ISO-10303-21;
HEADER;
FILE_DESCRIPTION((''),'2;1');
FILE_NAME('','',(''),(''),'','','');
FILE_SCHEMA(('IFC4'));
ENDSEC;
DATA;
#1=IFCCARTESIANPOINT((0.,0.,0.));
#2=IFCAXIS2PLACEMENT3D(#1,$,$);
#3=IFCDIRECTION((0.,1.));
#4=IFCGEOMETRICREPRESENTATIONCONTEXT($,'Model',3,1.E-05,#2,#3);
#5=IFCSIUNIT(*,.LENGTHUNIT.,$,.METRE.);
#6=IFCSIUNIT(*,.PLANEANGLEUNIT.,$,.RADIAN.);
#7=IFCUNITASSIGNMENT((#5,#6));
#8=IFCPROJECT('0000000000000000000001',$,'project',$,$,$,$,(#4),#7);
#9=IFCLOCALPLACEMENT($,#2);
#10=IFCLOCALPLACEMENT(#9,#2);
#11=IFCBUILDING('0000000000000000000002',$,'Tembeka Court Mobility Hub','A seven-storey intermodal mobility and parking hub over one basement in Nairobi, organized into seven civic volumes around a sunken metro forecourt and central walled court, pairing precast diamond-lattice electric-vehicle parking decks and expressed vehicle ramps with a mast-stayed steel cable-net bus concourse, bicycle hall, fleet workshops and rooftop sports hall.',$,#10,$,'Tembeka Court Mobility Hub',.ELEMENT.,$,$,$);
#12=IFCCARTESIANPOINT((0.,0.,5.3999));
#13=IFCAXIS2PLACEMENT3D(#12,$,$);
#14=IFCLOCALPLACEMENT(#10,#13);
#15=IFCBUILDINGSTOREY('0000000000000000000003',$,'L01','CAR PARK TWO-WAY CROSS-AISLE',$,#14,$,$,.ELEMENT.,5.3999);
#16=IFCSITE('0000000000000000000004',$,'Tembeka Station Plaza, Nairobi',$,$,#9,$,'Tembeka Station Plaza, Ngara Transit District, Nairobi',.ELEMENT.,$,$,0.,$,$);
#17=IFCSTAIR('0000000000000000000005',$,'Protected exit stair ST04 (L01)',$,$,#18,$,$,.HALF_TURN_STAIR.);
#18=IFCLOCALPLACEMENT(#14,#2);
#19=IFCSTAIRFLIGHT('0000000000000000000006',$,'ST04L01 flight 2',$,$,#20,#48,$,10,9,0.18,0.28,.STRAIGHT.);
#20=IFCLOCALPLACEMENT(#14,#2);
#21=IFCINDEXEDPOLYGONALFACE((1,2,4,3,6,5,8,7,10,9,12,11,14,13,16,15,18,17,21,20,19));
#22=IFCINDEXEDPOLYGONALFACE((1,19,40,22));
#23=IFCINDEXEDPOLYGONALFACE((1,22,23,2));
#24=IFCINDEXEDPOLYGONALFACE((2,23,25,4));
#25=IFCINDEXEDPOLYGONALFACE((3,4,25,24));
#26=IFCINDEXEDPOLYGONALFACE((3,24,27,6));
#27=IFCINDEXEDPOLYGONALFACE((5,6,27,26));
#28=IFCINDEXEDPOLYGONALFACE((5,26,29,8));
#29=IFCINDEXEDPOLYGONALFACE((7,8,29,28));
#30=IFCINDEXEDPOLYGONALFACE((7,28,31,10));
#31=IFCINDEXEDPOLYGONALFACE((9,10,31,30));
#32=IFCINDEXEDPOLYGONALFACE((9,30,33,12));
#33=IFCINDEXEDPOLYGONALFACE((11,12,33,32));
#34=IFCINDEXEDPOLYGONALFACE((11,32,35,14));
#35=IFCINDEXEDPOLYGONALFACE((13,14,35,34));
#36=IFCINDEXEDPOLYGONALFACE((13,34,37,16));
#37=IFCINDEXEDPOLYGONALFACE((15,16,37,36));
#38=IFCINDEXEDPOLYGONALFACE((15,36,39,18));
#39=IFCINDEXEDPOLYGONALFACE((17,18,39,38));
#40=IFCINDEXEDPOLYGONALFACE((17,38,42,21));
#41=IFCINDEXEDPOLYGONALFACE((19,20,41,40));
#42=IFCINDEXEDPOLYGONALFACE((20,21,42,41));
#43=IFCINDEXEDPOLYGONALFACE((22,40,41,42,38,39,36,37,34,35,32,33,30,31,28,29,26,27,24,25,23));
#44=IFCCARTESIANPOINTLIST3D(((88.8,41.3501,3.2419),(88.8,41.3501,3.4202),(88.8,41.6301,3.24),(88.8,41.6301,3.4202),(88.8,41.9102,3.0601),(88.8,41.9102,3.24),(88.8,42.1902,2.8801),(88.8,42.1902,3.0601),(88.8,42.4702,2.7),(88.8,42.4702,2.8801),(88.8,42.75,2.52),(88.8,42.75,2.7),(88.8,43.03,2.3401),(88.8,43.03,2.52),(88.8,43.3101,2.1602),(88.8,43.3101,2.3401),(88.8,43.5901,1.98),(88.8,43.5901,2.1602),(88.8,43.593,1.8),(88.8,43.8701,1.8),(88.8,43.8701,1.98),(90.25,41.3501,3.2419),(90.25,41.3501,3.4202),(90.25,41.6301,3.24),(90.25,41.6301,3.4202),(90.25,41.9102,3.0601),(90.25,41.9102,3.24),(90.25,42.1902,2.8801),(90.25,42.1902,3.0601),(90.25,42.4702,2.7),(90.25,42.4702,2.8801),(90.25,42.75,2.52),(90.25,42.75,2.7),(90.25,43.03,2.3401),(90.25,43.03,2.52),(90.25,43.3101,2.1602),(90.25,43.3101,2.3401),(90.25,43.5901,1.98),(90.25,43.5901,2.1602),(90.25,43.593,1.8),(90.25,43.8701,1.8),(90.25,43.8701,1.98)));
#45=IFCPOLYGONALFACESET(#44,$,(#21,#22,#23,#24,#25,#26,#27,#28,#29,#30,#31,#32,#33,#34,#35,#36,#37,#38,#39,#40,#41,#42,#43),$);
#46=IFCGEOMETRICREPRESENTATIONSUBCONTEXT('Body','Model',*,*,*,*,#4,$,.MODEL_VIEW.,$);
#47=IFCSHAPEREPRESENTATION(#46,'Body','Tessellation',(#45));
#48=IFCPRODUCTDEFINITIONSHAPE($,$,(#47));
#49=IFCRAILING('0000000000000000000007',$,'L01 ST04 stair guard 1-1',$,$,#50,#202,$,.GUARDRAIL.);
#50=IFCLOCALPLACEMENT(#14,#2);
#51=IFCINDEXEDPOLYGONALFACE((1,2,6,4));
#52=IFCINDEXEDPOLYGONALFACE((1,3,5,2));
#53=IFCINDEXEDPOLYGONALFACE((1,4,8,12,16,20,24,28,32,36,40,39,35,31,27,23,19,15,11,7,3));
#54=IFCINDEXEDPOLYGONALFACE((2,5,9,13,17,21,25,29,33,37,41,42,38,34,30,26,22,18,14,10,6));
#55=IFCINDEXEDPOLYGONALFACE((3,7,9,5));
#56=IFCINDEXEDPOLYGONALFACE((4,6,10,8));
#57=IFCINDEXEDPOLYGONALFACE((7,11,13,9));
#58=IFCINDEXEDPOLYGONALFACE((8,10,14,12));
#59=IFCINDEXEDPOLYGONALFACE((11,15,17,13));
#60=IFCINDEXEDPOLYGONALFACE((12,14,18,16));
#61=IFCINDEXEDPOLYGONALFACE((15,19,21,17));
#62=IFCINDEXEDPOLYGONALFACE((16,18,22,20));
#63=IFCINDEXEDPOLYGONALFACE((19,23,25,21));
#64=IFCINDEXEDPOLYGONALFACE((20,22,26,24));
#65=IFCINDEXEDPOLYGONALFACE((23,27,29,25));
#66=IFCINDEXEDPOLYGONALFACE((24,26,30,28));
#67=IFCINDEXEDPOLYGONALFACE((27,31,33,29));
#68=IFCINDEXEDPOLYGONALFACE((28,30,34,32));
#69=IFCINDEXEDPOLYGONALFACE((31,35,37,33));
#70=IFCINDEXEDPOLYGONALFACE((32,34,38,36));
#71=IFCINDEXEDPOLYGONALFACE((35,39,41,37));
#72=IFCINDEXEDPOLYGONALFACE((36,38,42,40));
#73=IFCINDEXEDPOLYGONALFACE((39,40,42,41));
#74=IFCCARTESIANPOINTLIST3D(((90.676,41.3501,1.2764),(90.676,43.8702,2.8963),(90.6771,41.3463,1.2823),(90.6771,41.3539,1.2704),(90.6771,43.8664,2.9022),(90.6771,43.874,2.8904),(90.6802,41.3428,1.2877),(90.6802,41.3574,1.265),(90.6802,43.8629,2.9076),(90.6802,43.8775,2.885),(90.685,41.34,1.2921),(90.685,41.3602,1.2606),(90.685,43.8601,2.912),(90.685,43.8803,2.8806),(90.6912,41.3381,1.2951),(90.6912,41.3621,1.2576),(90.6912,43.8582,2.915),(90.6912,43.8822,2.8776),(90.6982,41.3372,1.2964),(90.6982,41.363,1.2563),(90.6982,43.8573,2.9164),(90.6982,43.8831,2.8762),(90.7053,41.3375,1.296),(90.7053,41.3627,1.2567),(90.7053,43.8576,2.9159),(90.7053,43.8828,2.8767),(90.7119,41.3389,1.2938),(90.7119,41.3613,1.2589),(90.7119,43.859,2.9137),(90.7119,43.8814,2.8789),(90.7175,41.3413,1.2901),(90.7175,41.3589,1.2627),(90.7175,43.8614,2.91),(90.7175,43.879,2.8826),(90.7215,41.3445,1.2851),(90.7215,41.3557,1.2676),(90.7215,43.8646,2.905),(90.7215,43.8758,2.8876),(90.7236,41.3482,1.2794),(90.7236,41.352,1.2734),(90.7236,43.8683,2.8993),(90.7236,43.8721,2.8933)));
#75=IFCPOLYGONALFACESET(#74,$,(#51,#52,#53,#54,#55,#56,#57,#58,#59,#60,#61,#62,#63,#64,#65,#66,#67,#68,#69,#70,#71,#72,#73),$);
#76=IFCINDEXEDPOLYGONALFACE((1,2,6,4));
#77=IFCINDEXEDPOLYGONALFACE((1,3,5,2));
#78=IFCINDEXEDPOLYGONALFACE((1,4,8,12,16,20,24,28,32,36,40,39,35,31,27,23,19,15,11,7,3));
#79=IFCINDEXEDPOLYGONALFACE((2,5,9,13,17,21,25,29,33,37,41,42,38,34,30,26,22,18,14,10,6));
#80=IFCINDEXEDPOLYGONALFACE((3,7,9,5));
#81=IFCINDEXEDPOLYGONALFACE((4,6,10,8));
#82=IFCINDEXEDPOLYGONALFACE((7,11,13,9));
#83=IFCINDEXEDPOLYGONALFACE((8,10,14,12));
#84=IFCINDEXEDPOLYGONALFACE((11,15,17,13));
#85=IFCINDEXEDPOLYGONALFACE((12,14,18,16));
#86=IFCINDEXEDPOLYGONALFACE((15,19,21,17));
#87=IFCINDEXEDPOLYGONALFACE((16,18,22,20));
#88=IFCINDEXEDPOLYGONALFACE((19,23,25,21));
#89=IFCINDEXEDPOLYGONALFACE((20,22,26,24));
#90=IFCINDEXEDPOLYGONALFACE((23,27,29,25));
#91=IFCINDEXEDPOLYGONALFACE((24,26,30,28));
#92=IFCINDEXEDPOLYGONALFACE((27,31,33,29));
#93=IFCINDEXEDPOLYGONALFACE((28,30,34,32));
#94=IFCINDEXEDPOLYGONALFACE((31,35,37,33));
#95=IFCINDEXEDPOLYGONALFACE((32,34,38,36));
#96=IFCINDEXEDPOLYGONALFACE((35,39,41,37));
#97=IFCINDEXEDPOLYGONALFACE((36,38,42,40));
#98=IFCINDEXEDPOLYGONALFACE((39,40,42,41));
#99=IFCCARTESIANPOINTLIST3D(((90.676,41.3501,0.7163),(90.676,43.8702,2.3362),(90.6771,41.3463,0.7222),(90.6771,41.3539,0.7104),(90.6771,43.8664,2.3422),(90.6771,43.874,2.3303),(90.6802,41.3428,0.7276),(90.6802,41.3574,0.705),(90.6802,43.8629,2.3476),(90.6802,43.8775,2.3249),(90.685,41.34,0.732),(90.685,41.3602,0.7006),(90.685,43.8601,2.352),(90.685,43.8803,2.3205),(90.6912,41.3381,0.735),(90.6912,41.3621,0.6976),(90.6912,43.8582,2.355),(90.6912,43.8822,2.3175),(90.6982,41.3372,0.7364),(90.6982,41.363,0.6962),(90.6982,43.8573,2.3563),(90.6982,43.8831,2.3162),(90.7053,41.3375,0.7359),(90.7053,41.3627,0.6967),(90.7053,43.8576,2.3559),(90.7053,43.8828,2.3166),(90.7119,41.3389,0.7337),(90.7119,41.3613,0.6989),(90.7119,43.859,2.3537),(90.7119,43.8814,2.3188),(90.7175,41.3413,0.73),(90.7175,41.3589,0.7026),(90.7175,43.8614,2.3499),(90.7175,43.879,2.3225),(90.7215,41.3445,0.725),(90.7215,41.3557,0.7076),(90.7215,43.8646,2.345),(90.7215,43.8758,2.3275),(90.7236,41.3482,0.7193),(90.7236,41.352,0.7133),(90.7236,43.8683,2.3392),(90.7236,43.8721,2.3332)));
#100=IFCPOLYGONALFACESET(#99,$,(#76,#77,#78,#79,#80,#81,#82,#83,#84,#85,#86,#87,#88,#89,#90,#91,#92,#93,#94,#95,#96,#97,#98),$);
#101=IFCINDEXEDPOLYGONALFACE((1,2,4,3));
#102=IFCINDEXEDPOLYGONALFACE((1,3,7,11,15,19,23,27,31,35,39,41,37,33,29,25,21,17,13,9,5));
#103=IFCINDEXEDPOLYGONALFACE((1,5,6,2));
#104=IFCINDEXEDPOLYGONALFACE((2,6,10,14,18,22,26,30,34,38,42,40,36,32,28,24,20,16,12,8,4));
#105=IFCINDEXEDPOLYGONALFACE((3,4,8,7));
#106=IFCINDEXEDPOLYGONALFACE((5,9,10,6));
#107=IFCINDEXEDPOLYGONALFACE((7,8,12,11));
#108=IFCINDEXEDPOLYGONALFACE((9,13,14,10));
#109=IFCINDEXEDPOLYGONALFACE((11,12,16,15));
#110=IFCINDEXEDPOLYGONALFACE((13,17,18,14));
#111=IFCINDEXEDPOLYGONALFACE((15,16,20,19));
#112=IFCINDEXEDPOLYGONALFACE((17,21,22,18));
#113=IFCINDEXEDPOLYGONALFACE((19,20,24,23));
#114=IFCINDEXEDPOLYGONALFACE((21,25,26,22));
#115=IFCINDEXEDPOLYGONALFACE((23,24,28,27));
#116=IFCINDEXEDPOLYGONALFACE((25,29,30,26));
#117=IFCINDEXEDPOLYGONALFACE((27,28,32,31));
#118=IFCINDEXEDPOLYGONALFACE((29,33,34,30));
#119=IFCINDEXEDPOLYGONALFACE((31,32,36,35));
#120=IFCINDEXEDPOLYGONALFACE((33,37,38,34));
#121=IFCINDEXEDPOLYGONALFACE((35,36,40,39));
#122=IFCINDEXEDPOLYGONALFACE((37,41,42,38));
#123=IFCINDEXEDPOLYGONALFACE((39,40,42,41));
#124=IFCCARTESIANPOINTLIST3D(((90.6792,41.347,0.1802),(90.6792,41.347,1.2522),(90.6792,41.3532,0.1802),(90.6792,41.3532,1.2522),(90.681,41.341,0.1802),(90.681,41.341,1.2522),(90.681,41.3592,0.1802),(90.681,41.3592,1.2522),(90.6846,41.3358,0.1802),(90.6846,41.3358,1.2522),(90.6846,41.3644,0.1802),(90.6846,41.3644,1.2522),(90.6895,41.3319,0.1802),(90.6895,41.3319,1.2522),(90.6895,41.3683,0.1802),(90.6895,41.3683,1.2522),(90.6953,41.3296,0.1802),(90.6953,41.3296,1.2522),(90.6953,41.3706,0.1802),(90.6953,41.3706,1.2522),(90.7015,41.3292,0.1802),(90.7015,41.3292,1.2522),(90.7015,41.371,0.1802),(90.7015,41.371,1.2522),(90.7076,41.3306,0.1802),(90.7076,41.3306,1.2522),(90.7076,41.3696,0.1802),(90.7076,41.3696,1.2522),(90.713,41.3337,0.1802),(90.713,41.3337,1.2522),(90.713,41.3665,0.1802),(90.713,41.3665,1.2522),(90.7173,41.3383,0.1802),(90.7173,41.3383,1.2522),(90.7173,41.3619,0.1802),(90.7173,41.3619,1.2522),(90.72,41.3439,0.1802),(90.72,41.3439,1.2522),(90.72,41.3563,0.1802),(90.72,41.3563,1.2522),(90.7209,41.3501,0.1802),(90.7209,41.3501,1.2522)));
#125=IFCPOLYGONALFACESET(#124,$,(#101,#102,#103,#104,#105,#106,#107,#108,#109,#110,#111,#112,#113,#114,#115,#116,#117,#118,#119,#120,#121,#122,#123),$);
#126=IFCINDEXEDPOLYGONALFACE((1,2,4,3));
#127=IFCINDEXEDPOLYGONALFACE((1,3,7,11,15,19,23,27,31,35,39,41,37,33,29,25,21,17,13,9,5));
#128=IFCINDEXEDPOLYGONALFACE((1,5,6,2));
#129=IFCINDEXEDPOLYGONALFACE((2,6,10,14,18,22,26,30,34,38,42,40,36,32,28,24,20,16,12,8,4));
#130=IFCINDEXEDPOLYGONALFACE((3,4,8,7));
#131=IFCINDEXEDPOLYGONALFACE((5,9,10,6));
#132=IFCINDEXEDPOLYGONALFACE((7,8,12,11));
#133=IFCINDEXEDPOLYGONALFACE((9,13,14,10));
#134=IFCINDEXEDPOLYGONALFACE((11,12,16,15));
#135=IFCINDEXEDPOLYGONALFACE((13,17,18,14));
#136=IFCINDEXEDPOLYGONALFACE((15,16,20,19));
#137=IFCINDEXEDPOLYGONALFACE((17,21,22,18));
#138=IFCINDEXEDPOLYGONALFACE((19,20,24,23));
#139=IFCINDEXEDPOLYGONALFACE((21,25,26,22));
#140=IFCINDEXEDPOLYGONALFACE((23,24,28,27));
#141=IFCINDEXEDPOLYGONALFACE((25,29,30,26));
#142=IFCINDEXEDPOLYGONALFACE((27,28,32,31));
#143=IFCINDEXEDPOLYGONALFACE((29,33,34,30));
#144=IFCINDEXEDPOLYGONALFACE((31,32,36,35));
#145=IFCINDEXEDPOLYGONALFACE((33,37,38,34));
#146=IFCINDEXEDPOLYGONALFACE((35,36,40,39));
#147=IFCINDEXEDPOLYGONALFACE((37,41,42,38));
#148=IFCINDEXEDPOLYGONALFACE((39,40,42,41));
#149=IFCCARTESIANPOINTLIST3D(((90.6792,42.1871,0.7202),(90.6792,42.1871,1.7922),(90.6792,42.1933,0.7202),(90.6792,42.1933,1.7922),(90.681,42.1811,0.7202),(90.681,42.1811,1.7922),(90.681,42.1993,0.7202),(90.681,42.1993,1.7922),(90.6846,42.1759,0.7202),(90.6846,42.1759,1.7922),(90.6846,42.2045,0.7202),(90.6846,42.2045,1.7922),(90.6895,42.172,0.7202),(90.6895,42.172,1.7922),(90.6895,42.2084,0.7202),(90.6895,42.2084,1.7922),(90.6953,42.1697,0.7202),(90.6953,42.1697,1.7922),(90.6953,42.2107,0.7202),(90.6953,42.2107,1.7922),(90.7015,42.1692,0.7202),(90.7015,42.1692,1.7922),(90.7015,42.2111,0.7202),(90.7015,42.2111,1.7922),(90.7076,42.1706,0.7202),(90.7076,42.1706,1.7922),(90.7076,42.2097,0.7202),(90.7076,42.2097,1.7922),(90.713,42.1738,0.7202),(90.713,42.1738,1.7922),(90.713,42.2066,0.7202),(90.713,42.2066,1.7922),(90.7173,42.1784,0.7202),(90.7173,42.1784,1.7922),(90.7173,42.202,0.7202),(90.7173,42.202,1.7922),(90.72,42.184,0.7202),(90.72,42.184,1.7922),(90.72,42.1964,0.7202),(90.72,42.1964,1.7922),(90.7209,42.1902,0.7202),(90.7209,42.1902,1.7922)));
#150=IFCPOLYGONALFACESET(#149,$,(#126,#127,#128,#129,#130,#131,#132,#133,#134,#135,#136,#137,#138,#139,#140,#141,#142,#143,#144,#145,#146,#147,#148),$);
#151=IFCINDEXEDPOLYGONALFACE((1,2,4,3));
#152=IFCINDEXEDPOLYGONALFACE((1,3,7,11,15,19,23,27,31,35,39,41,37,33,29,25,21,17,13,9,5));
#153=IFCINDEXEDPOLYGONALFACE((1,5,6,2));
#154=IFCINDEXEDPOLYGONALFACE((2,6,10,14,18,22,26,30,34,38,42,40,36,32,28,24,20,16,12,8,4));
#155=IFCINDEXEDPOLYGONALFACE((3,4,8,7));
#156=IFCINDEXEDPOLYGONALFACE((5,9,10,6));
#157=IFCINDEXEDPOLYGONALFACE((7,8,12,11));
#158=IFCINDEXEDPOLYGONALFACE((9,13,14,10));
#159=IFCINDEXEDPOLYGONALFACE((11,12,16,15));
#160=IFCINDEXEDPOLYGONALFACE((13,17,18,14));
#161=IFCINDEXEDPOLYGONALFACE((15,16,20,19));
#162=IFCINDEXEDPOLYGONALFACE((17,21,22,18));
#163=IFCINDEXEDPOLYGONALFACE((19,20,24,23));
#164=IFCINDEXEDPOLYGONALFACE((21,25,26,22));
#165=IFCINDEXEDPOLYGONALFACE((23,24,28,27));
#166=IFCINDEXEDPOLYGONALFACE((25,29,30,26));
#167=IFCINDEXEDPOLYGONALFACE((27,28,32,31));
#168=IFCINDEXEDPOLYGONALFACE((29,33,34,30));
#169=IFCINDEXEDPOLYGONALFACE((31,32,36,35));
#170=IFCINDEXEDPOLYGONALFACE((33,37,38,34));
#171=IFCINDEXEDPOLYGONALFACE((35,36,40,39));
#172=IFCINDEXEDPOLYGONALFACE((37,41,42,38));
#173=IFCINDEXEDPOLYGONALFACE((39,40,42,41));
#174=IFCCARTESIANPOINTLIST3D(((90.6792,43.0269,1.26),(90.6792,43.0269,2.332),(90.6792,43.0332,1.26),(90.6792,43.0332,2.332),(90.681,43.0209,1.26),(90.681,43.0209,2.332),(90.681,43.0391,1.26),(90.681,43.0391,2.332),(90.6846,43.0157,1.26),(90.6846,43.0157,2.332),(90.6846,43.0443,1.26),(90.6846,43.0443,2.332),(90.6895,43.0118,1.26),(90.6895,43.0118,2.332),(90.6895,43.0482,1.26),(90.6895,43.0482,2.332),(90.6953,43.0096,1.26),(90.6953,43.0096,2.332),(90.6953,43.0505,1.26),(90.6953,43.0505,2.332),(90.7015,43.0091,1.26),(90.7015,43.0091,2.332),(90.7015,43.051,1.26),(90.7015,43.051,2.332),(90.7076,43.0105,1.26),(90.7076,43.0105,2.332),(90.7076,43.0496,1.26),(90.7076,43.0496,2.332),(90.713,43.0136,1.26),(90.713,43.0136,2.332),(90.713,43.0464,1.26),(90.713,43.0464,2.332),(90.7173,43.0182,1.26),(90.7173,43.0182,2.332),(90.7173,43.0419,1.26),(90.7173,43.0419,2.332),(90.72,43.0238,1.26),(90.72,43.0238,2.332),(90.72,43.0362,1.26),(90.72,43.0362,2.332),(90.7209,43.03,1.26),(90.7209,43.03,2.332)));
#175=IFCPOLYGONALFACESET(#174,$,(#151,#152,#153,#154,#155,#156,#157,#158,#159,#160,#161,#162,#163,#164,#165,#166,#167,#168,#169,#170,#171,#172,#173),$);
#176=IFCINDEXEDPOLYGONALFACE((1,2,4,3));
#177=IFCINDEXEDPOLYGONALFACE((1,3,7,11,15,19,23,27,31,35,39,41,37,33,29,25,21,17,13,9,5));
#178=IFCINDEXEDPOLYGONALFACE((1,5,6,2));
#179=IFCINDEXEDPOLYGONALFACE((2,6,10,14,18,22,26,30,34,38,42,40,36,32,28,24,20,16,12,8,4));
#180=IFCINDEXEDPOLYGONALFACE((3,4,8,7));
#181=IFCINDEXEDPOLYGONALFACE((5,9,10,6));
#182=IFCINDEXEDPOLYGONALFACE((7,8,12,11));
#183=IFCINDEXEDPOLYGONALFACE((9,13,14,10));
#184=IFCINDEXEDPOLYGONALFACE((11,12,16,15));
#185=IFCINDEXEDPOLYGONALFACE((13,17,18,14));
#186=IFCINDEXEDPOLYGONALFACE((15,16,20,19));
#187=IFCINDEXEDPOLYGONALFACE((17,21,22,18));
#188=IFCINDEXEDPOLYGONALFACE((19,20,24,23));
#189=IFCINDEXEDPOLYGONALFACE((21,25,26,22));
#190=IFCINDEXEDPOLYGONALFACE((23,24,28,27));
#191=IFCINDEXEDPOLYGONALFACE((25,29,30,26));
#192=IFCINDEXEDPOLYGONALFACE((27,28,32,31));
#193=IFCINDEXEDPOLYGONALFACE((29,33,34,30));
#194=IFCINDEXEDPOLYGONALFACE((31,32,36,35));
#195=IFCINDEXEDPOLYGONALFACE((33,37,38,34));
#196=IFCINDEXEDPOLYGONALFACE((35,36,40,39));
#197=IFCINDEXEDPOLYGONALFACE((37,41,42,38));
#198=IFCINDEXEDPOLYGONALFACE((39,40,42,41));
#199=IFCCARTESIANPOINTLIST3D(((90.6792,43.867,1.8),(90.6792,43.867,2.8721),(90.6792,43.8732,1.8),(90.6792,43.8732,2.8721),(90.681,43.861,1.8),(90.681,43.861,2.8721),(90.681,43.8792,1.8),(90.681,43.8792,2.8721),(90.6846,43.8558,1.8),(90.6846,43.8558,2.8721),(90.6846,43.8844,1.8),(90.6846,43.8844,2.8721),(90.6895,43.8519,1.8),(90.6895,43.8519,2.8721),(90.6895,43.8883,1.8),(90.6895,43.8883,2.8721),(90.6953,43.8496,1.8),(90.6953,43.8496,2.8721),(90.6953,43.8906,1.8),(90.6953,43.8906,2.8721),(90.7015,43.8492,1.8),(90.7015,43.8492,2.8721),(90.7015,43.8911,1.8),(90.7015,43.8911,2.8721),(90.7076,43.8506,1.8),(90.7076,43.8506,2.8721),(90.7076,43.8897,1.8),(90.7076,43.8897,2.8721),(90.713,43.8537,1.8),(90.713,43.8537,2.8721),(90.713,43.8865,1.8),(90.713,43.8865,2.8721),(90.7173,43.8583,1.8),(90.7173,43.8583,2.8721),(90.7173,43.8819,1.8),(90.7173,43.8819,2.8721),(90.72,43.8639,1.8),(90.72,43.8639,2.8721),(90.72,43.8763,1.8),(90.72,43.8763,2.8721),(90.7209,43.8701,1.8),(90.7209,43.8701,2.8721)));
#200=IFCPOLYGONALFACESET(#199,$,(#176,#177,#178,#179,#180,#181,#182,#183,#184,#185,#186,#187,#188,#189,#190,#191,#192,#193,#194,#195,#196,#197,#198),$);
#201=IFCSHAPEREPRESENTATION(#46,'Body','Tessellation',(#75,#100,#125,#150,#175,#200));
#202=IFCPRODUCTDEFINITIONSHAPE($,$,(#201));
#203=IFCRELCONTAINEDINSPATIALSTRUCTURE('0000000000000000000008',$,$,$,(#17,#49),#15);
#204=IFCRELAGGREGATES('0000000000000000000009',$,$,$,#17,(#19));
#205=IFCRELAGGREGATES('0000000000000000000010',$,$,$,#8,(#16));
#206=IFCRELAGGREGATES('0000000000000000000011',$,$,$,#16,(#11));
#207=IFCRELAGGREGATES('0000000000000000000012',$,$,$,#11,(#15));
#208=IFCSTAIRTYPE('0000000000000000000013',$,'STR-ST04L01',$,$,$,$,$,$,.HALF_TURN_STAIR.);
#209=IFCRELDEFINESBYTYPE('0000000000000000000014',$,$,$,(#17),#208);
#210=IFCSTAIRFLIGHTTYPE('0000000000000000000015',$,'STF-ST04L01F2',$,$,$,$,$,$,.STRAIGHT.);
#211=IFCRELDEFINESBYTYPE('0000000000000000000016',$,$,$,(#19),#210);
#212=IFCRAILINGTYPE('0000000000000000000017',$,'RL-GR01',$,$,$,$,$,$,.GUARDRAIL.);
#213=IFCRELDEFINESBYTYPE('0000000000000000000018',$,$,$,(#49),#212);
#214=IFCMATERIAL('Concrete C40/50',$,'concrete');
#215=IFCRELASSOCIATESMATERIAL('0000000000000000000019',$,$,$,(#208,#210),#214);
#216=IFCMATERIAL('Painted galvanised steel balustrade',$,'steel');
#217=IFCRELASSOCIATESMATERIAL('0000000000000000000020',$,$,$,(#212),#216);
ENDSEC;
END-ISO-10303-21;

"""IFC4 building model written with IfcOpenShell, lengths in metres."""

from ifc_helpers import new_model, si_unit, direction, frame, origin, origin_2d, place, context, subcontext, project, spatial, polyline, circle, outline, extrude, material, type_object, element, aggregate, save


model = new_model("IFC4")

# Units and contexts
model_context = context("Model", 3, precision=1e-05, world=origin(), true_north=direction((0.0, 1.0)))
body_context = subcontext(model_context, "Body", "Model", "MODEL_VIEW")
ifc_project = project(units=[si_unit("LENGTHUNIT", "METRE"), si_unit("PLANEANGLEUNIT", "RADIAN")], contexts=[model_context])

# Site, building, storey
site_placement = place(None, origin())
site = spatial("IfcSite", under=ifc_project, at=site_placement, Name="Tembeka Station Plaza, Nairobi", LongName="Tembeka Station Plaza, Ngara Transit District, Nairobi", CompositionType="ELEMENT", RefElevation=0.0)
building_placement = place(site_placement, origin())
building = spatial("IfcBuilding", under=site, at=building_placement, Name="Tembeka Court Mobility Hub", Description="A seven-storey intermodal mobility and parking hub over one basement in Nairobi, organized into seven civic volumes around a sunken metro forecourt and central walled court, pairing precast diamond-lattice electric-vehicle parking decks and expressed vehicle ramps with a mast-stayed steel cable-net bus concourse, bicycle hall, fleet workshops and rooftop sports hall.", LongName="Tembeka Court Mobility Hub", CompositionType="ELEMENT")
storey_placement = place(building_placement, frame((0.0, 0.0, 5.3999)))
storey = spatial("IfcBuildingStorey", under=building, at=storey_placement, Name="L01", Description="CAR PARK TWO-WAY CROSS-AISLE", CompositionType="ELEMENT", Elevation=5.3999)

# Shared definitions
ifc_material_1 = material(Name="Concrete C40/50", Category="concrete")

# Stair, stair flight
stair_type = type_object("IfcStairType", Name="STR-ST04L01", PredefinedType="HALF_TURN_STAIR", material=ifc_material_1)
stair_placement = place(storey_placement, origin())
stair = element("IfcStair", 1, at=stair_placement, inside=storey, type_object=stair_type, Name="Protected exit stair ST04 (L01)", PredefinedType="HALF_TURN_STAIR")
stair_flight_type_1 = type_object("IfcStairFlightType", Name="STF-ST04L01F2", PredefinedType="STRAIGHT", material=ifc_material_1)
stair_flight_1_placement = place(storey_placement, frame((89.5249, 43.8701, 1.8), z_axis=(0.0, 0.0, 1.0), x_axis=(0.0, -1.0, 0.0)))
stair_flight_1 = element("IfcStairFlight", 2, at=stair_flight_1_placement, type_object=stair_flight_type_1, Name="ST04L01 flight 2", NumberOfRisers=10, NumberOfTreads=9, PredefinedType="STRAIGHT", RiserHeight=0.18, TreadLength=0.28, context=body_context, shape_type="SweptSolid", body=[
    extrude(outline(polyline([(0.0, 0.0), (0.0, 0.1799), (0.28, 0.1799), (0.28, 0.3601), (0.5601, 0.3601), (0.5601, 0.54), (0.8401, 0.54), (0.8401, 0.72), (1.1201, 0.72), (1.1201, 0.8999), (1.3999, 0.8999), (1.3999, 1.0801), (1.6799, 1.0801), (1.6799, 1.26), (1.96, 1.26), (1.96, 1.4399), (2.24, 1.4399), (2.24, 1.6201), (2.52, 1.6201), (2.52, 1.8), (2.52, 1.4419), (0.2771, 0.0), (0.0, 0.0)])), frame((0.0, 0.7251, 0.0), z_axis=(0.0, -1.0, 0.0), x_axis=(1.0, 0.0, 0.0)), (0.0, 0.0, 1.0), 1.45),
])
aggregate(stair, [stair_flight_1])

# Railing
ifc_material_2 = material(Name="Painted galvanised steel balustrade", Category="steel")
railing_type_1 = type_object("IfcRailingType", Name="RL-GR01", PredefinedType="GUARDRAIL", material=ifc_material_2)
railing_1_placement = place(storey_placement, frame((90.7, 41.3501, 0.1802)))
element("IfcRailing", 3, at=railing_1_placement, inside=storey, type_object=railing_type_1, Name="L01 ST04 stair guard 1-1", PredefinedType="GUARDRAIL", context=body_context, shape_type="SweptSolid", body=[
    extrude(circle(Radius=0.0239, at=origin_2d()), frame((0.0, 0.0, 1.0962), z_axis=(0.0, 0.8412, 0.540725), x_axis=(-1.0, 0.0, 0.0)), (0.0, 0.0, 1.0), 2.9958),
    extrude(circle(Radius=0.0239, at=origin_2d()), frame((0.0, 0.0, 0.5361), z_axis=(0.0, 0.8412, 0.540725), x_axis=(-1.0, 0.0, 0.0)), (0.0, 0.0, 1.0), 2.9958),
    extrude(circle(Radius=0.021, at=origin_2d()), origin(), (0.0, 0.0, 1.0), 1.072),
    extrude(circle(Radius=0.021, at=origin_2d()), frame((0.0, 0.8401, 0.54)), (0.0, 0.0, 1.0), 1.072),
    extrude(circle(Radius=0.021, at=origin_2d()), frame((0.0, 1.6799, 1.0798)), (0.0, 0.0, 1.0), 1.072),
    extrude(circle(Radius=0.021, at=origin_2d()), frame((0.0, 2.52, 1.6199)), (0.0, 0.0, 1.0), 1.072),
])

save(model, "model.ifc")
